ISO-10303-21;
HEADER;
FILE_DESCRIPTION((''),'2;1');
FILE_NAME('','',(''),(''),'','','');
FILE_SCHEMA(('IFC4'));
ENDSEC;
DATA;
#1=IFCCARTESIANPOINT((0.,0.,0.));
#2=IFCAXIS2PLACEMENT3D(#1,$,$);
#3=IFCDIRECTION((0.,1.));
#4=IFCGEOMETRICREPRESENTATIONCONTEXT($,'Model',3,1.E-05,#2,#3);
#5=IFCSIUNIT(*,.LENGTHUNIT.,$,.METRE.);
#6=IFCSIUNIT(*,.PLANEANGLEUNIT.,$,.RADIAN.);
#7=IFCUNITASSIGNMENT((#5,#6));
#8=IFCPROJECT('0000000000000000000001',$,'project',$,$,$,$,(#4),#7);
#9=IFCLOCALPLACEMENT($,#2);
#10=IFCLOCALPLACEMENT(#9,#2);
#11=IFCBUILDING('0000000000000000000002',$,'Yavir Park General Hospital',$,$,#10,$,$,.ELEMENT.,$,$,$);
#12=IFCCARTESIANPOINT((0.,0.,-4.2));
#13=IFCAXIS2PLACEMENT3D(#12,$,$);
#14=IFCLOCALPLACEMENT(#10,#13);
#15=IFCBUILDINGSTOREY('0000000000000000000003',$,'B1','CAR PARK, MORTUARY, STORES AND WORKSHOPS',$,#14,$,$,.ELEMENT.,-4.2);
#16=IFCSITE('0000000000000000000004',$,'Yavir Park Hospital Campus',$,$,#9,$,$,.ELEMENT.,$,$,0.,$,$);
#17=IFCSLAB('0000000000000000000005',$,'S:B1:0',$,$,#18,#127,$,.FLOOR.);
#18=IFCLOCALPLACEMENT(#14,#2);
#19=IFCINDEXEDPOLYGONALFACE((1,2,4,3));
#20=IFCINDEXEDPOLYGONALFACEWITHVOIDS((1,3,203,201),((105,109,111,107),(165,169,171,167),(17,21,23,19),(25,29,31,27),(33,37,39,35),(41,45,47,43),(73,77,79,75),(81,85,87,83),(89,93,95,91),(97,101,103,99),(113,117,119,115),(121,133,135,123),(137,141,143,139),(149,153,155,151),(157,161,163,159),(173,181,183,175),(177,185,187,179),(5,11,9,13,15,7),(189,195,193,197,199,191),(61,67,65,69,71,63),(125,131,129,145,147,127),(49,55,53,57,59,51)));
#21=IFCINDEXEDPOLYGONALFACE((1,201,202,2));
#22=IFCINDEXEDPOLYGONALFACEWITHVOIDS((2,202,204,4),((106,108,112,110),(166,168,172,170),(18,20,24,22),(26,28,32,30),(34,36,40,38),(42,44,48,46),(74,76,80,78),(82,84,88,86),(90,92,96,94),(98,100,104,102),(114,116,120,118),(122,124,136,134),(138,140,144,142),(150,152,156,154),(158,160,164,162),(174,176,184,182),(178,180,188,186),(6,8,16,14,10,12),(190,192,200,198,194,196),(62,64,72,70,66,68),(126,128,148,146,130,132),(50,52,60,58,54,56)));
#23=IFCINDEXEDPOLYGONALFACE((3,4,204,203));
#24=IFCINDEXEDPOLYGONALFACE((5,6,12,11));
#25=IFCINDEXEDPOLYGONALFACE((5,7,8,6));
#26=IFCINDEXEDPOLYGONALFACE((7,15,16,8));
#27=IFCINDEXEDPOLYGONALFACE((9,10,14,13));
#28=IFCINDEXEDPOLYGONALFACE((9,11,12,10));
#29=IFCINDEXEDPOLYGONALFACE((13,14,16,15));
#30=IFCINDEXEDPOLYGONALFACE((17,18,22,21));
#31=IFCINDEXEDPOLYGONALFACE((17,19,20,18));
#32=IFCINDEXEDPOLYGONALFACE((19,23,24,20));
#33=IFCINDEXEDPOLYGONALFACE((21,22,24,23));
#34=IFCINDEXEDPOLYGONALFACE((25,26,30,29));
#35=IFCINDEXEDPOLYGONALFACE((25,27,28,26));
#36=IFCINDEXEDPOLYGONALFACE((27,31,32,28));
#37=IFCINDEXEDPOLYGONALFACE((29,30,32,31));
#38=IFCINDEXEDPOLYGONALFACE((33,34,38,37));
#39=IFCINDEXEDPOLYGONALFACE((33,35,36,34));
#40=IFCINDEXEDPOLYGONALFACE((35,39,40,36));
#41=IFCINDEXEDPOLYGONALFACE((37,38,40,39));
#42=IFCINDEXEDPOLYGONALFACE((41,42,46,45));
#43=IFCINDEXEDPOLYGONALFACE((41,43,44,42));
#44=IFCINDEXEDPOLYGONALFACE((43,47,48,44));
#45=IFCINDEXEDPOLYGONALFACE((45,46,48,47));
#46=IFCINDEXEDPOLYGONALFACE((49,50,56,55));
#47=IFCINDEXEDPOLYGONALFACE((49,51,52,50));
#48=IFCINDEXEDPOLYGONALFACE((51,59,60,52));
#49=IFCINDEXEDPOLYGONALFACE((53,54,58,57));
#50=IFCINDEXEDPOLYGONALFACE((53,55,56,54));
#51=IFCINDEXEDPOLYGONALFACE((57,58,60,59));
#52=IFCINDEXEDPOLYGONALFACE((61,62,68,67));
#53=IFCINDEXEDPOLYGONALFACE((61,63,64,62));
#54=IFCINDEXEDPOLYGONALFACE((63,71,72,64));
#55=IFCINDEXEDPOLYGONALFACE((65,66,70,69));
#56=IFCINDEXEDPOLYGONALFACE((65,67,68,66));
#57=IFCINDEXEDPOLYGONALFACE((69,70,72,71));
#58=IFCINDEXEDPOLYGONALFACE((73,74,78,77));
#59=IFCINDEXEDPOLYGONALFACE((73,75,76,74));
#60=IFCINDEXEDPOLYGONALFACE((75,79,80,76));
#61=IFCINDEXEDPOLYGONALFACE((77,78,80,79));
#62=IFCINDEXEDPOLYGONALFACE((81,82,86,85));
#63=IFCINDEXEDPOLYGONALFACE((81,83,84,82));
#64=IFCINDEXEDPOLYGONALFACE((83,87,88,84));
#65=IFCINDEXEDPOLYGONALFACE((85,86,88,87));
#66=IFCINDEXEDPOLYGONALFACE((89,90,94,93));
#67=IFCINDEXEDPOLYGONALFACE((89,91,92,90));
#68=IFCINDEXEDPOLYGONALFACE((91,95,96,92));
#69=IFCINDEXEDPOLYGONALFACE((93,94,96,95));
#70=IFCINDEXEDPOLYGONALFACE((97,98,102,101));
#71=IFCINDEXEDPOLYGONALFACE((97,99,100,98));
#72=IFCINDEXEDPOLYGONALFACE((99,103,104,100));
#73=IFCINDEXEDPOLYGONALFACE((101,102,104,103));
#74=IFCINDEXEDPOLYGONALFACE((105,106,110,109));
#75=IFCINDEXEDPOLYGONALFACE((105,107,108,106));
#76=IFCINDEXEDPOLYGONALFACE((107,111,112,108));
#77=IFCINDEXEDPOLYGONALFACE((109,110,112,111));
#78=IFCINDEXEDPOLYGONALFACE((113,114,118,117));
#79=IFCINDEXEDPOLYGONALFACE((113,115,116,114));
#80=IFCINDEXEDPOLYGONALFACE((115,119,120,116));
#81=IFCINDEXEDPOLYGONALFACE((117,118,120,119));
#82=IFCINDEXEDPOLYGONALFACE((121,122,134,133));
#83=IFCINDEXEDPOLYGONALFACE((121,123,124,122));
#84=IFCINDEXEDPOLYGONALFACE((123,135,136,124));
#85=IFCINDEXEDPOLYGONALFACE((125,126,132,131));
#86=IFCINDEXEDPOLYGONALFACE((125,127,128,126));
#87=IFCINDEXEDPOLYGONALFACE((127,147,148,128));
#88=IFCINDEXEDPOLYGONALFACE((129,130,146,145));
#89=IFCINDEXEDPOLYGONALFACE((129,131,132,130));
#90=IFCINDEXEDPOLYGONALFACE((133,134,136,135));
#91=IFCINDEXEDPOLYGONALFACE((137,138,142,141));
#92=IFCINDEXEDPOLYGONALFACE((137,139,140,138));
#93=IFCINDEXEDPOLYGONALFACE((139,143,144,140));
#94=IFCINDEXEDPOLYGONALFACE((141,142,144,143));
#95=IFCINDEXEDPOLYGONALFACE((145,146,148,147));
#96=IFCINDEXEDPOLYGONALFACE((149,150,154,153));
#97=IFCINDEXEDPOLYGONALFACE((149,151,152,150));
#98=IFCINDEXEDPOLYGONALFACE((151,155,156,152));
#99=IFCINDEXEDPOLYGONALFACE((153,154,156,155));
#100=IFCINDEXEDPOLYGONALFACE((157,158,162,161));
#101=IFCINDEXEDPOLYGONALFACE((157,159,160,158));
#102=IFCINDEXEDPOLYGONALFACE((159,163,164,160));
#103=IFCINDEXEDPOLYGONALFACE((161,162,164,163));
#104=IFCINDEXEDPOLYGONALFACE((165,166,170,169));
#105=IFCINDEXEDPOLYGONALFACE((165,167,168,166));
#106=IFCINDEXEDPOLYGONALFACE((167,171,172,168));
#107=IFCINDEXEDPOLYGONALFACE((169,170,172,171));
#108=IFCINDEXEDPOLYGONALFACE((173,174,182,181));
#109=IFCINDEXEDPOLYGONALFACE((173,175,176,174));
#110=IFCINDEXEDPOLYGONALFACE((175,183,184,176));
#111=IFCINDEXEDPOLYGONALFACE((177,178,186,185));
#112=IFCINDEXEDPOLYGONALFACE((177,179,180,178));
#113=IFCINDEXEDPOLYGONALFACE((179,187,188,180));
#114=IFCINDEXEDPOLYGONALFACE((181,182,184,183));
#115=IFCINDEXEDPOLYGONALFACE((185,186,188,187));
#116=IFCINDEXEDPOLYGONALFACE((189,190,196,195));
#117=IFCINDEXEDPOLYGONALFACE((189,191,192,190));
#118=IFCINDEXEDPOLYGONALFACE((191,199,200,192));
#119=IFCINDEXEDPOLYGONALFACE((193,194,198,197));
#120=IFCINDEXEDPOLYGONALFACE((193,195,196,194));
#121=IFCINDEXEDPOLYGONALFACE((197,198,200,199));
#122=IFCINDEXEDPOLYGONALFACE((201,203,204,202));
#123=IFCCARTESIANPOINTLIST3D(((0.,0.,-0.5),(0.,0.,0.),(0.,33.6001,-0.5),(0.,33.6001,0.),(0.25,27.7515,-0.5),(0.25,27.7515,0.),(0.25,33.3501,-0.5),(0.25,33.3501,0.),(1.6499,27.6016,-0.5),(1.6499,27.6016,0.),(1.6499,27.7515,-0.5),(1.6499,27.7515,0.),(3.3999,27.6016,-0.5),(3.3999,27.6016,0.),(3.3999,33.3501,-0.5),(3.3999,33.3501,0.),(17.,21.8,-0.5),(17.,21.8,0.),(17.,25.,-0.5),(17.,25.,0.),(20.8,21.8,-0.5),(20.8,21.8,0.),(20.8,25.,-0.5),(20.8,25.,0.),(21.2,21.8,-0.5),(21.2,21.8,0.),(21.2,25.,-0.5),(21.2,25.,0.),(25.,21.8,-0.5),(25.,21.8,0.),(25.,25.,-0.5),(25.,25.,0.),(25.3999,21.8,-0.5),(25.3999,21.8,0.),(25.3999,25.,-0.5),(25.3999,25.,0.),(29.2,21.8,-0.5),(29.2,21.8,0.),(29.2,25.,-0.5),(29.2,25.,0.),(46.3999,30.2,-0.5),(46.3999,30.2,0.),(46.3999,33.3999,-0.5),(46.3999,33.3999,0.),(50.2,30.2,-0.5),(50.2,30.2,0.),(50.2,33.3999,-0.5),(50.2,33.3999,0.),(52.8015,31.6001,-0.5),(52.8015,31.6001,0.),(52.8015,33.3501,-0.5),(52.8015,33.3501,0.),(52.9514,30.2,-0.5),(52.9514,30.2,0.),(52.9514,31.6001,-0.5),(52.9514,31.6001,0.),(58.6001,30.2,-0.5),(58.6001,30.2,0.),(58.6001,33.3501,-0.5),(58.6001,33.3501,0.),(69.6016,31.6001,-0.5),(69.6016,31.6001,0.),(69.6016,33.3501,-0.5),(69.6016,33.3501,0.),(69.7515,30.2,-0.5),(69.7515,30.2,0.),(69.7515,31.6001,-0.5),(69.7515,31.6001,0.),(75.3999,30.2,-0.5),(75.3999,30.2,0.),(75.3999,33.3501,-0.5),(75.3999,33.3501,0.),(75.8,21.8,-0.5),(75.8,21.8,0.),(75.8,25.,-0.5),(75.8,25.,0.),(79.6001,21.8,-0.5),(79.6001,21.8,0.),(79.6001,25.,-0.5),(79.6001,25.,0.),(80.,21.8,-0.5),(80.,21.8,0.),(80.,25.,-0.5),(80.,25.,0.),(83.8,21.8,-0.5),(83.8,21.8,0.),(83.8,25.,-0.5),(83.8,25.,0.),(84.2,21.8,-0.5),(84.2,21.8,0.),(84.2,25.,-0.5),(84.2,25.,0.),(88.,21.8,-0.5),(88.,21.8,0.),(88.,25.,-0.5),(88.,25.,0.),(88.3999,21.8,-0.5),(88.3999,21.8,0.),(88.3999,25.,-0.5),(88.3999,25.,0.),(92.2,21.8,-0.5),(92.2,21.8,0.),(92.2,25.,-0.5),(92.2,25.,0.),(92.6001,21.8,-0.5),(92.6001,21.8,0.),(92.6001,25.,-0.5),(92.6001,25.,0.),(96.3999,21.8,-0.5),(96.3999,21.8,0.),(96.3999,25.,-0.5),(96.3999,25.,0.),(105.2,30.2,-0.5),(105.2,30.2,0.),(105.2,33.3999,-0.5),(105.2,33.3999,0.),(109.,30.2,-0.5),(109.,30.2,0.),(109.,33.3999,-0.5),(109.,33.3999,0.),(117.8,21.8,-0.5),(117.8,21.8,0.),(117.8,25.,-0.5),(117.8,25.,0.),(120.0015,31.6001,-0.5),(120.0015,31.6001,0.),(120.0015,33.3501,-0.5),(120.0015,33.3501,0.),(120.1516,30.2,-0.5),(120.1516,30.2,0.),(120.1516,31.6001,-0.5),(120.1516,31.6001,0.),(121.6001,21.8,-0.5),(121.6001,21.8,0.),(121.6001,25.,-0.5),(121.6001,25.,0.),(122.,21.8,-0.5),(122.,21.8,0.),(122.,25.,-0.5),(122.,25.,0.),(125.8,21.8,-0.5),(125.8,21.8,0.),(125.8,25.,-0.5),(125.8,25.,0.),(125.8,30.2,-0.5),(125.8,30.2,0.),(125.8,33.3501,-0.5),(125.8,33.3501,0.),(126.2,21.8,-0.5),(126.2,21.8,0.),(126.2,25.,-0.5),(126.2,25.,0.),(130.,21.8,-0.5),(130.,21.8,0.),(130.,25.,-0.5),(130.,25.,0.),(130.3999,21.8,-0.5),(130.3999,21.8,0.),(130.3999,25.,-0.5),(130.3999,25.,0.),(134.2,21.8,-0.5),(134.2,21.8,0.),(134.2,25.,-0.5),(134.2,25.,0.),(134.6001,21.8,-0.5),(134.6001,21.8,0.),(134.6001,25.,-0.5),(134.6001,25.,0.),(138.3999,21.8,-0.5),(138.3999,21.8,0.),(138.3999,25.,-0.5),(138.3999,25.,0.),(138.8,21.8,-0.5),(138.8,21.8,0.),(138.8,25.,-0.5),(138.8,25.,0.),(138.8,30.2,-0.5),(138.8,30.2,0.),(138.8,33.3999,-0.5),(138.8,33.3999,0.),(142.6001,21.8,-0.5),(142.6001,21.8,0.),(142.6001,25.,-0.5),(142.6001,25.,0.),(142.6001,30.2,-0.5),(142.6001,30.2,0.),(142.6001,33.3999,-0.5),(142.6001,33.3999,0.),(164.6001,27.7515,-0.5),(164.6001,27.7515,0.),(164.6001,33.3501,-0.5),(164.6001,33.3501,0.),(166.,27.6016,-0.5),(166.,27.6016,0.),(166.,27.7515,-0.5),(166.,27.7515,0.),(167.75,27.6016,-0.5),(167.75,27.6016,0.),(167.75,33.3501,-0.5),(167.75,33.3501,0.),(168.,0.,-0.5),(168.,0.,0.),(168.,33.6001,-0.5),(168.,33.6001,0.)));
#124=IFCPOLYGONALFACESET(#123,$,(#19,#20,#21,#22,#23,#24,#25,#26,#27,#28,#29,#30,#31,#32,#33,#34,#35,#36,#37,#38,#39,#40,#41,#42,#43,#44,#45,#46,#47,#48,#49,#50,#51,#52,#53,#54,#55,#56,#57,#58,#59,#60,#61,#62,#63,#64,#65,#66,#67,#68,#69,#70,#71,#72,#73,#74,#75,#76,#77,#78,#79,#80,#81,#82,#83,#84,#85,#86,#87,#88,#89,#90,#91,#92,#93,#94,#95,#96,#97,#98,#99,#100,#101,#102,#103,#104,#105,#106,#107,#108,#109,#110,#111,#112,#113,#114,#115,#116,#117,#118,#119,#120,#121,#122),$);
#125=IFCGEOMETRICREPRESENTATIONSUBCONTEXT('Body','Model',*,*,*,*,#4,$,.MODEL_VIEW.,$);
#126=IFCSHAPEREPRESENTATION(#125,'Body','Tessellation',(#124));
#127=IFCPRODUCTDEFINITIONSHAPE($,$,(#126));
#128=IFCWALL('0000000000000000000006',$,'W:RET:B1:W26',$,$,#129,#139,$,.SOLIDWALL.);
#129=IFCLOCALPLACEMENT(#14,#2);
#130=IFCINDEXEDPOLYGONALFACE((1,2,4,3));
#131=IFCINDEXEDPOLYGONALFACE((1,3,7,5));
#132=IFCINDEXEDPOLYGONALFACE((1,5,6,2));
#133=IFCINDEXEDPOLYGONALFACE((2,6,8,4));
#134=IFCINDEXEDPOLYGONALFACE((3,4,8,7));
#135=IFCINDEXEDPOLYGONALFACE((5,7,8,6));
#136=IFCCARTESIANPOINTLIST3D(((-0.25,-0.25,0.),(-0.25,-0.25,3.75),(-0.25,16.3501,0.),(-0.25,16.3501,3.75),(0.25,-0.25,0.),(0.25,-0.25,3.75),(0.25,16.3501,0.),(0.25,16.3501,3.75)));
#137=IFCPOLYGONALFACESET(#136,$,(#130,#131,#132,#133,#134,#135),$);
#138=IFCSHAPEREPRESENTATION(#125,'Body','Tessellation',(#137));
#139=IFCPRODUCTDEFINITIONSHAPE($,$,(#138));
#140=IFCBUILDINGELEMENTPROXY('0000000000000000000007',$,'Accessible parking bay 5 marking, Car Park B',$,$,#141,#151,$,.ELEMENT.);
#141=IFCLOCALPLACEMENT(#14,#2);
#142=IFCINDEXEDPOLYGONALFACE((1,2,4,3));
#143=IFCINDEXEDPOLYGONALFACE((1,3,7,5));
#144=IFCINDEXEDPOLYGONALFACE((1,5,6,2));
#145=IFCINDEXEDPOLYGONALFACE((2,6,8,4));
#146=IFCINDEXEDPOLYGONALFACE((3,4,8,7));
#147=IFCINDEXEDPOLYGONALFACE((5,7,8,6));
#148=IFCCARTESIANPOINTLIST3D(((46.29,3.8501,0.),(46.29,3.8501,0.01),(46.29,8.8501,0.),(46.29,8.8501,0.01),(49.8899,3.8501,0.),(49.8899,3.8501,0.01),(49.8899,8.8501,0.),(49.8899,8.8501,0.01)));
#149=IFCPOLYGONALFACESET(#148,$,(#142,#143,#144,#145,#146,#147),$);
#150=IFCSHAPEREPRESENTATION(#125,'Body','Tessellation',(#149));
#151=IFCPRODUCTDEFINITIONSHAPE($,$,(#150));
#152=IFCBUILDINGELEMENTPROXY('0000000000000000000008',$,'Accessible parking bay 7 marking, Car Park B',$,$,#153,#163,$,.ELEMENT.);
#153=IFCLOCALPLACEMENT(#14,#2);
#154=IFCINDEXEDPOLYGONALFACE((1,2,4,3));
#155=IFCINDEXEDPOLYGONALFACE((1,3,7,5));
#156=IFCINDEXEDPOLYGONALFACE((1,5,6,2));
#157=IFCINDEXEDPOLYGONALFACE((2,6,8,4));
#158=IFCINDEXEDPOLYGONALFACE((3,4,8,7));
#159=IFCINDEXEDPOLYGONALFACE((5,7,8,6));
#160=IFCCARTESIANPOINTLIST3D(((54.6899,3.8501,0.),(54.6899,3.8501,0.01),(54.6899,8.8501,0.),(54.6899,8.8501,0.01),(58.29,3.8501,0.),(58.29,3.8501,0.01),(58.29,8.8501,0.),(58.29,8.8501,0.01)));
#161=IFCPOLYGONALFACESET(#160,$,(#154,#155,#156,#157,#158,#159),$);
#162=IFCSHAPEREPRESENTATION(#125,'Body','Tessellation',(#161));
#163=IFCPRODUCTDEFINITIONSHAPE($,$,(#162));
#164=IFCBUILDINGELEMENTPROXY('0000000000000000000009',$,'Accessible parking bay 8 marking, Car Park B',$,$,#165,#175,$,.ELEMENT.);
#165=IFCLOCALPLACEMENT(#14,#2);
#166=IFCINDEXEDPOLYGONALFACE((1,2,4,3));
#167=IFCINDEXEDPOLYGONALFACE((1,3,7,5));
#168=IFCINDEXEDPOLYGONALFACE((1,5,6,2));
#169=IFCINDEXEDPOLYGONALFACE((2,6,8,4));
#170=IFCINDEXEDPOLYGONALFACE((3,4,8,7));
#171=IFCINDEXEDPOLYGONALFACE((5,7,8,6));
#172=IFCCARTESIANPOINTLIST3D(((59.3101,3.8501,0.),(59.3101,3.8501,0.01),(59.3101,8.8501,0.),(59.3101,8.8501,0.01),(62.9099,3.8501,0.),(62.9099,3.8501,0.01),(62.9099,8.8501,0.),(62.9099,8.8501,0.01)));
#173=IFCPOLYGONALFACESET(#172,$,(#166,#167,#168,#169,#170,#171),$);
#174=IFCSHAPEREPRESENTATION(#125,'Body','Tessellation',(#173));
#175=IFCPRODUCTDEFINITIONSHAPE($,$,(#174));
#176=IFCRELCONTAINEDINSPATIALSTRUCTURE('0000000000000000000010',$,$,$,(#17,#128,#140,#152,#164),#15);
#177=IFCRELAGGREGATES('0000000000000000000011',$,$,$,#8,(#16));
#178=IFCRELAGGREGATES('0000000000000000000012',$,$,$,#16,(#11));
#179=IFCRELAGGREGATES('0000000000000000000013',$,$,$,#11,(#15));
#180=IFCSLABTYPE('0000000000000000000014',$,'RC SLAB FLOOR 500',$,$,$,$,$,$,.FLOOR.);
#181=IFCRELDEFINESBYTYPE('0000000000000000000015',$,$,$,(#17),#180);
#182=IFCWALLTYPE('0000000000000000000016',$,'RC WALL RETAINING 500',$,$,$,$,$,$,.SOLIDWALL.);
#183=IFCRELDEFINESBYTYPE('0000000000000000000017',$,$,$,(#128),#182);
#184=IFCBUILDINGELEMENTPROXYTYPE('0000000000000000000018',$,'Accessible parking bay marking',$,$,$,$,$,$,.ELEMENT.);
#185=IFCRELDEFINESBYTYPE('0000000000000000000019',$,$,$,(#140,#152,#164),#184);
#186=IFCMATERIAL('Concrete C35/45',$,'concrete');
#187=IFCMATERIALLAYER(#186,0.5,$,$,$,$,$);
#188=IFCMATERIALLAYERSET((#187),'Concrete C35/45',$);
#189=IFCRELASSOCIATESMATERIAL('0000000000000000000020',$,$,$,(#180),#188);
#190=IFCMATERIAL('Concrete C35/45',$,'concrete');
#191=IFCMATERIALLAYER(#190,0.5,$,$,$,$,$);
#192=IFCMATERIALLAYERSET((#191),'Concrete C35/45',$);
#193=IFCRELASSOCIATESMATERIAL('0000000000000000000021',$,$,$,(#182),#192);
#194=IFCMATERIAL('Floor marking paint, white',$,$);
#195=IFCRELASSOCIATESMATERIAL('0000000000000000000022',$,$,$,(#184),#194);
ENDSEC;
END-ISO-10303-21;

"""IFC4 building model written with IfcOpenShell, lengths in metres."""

from ifc_helpers import new_model, si_unit, direction, frame, frame_2d, origin, place, context, subcontext, project, spatial, polyline, rectangle, outline, extrude, material, layer, layer_set, type_object, element, save


model = new_model("IFC4")

# Units and contexts
model_context = context("Model", 3, precision=1e-05, world=origin(), true_north=direction((0.0, 1.0)))
body_context = subcontext(model_context, "Body", "Model", "MODEL_VIEW")
ifc_project = project(units=[si_unit("LENGTHUNIT", "METRE"), si_unit("PLANEANGLEUNIT", "RADIAN")], contexts=[model_context])

# Site, building, storey
site_placement = place(None, origin())
site = spatial("IfcSite", under=ifc_project, at=site_placement, Name="Yavir Park Hospital Campus", CompositionType="ELEMENT", RefElevation=0.0)
building_placement = place(site_placement, origin())
building = spatial("IfcBuilding", under=site, at=building_placement, Name="Yavir Park General Hospital", CompositionType="ELEMENT")
storey_placement = place(building_placement, frame((0.0, 0.0, -4.2)))
storey = spatial("IfcBuildingStorey", under=building, at=storey_placement, Name="B1", Description="CAR PARK, MORTUARY, STORES AND WORKSHOPS", CompositionType="ELEMENT", Elevation=-4.2)

# Slab
ifc_material_1 = material(Name="Concrete C35/45", Category="concrete")
ifc_layer_1 = layer(ifc_material_1, 0.5)
ifc_layer_set_1 = layer_set([ifc_layer_1], Name="Concrete C35/45")
slab_type = type_object("IfcSlabType", Name="RC SLAB FLOOR 500", PredefinedType="FLOOR", material=ifc_layer_set_1)
slab_placement = place(storey_placement, frame((0.0, 0.0, -0.5)))
element("IfcSlab", 1, at=slab_placement, inside=storey, type_object=slab_type, Name="S:B1:0", PredefinedType="FLOOR", context=body_context, shape_type="SweptSolid", body=[
    extrude(outline(polyline([(168.0, 33.6001), (0.0, 33.6001), (0.0, 0.0), (168.0, 0.0), (168.0, 33.6001)]), holes=[polyline([(17.0, 21.8), (17.0, 25.0), (20.8, 25.0), (20.8, 21.8), (17.0, 21.8)]), polyline([(21.2, 21.8), (21.2, 25.0), (25.0, 25.0), (25.0, 21.8), (21.2, 21.8)]), polyline([(25.3999, 21.8), (25.3999, 25.0), (29.2, 25.0), (29.2, 21.8), (25.3999, 21.8)]), polyline([(75.8, 25.0), (79.6001, 25.0), (79.6001, 21.8), (75.8, 21.8), (75.8, 25.0)]), polyline([(80.0, 25.0), (83.8, 25.0), (83.8, 21.8), (80.0, 21.8), (80.0, 25.0)]), polyline([(84.2, 21.8), (84.2, 25.0), (88.0, 25.0), (88.0, 21.8), (84.2, 21.8)]), polyline([(88.3999, 25.0), (92.2, 25.0), (92.2, 21.8), (88.3999, 21.8), (88.3999, 25.0)]), polyline([(46.3999, 30.2), (46.3999, 33.3999), (50.2, 33.3999), (50.2, 30.2), (46.3999, 30.2)]), polyline([(92.6001, 21.8), (92.6001, 25.0), (96.3999, 25.0), (96.3999, 21.8), (92.6001, 21.8)]), polyline([(117.8, 21.8), (117.8, 25.0), (121.6001, 25.0), (121.6001, 21.8), (117.8, 21.8)]), polyline([(122.0, 21.8), (122.0, 25.0), (125.8, 25.0), (125.8, 21.8), (122.0, 21.8)]), polyline([(126.2, 25.0), (130.0, 25.0), (130.0, 21.8), (126.2, 21.8), (126.2, 25.0)]), polyline([(130.3999, 25.0), (134.2, 25.0), (134.2, 21.8), (130.3999, 21.8), (130.3999, 25.0)]), polyline([(134.6001, 21.8), (134.6001, 25.0), (138.3999, 25.0), (138.3999, 21.8), (134.6001, 21.8)]), polyline([(138.8, 25.0), (142.6001, 25.0), (142.6001, 21.8), (138.8, 21.8), (138.8, 25.0)]), polyline([(105.2, 30.2), (105.2, 33.3999), (109.0, 33.3999), (109.0, 30.2), (105.2, 30.2)]), polyline([(138.8, 33.3999), (142.6001, 33.3999), (142.6001, 30.2), (138.8, 30.2), (138.8, 33.3999)]), polyline([(3.3999, 27.6016), (1.6499, 27.6016), (1.6499, 27.7515), (0.25, 27.7515), (0.25, 33.3501), (3.3999, 33.3501), (3.3999, 27.6016)]), polyline([(58.6001, 30.2), (52.9514, 30.2), (52.9514, 31.6001), (52.8015, 31.6001), (52.8015, 33.3501), (58.6001, 33.3501), (58.6001, 30.2)]), polyline([(69.7515, 31.6001), (69.6016, 31.6001), (69.6016, 33.3501), (75.3999, 33.3501), (75.3999, 30.2), (69.7515, 30.2), (69.7515, 31.6001)]), polyline([(120.0015, 33.3501), (125.8, 33.3501), (125.8, 30.2), (120.1516, 30.2), (120.1516, 31.6001), (120.0015, 31.6001), (120.0015, 33.3501)]), polyline([(166.0, 27.7515), (164.6001, 27.7515), (164.6001, 33.3501), (167.75, 33.3501), (167.75, 27.6016), (166.0, 27.6016), (166.0, 27.7515)])]), origin(), (0.0, 0.0, 1.0), 0.5),
])

# Wall
ifc_material_2 = material(Name="Concrete C35/45", Category="concrete")
ifc_layer_2 = layer(ifc_material_2, 0.5)
ifc_layer_set_2 = layer_set([ifc_layer_2], Name="Concrete C35/45")
wall_type = type_object("IfcWallType", Name="RC WALL RETAINING 500", PredefinedType="SOLIDWALL", material=ifc_layer_set_2)
wall_placement = place(storey_placement, frame((0.0, -0.25, 0.0), z_axis=(0.0, 0.0, 1.0), x_axis=(0.0, 1.0, 0.0)))
element("IfcWall", 2, at=wall_placement, inside=storey, type_object=wall_type, Name="W:RET:B1:W26", PredefinedType="SOLIDWALL", context=body_context, shape_type="SweptSolid", body=[
    extrude(rectangle(XDim=16.6001, YDim=0.5, at=frame_2d((8.3, 0.0))), origin(), (0.0, 0.0, 1.0), 3.75),
])

# Building element proxies
ifc_material_3 = material(Name="Floor marking paint, white")
building_element_proxy_type_1 = type_object("IfcBuildingElementProxyType", Name="Accessible parking bay marking", PredefinedType="ELEMENT", material=ifc_material_3)
proxy_1_placement = place(storey_placement, origin())
element("IfcBuildingElementProxy", 3, at=proxy_1_placement, inside=storey, type_object=building_element_proxy_type_1, Name="Accessible parking bay 5 marking, Car Park B", PredefinedType="ELEMENT", context=body_context, shape_type="SweptSolid", body=[
    extrude(outline(polyline([(46.29, 3.8501), (49.8899, 3.8501), (49.8899, 8.8501), (46.29, 8.8501), (46.29, 3.8501)])), origin(), (0.0, 0.0, 1.0), 0.01),
])
proxy_2_placement = place(storey_placement, origin())
element("IfcBuildingElementProxy", 4, at=proxy_2_placement, inside=storey, type_object=building_element_proxy_type_1, Name="Accessible parking bay 7 marking, Car Park B", PredefinedType="ELEMENT", context=body_context, shape_type="SweptSolid", body=[
    extrude(outline(polyline([(54.6899, 3.8501), (58.29, 3.8501), (58.29, 8.8501), (54.6899, 8.8501), (54.6899, 3.8501)])), origin(), (0.0, 0.0, 1.0), 0.01),
])
proxy_3_placement = place(storey_placement, origin())
element("IfcBuildingElementProxy", 5, at=proxy_3_placement, inside=storey, type_object=building_element_proxy_type_1, Name="Accessible parking bay 8 marking, Car Park B", PredefinedType="ELEMENT", context=body_context, shape_type="SweptSolid", body=[
    extrude(outline(polyline([(59.3101, 3.8501), (62.9099, 3.8501), (62.9099, 8.8501), (59.3101, 8.8501), (59.3101, 3.8501)])), origin(), (0.0, 0.0, 1.0), 0.01),
])

save(model, "model.ifc")
